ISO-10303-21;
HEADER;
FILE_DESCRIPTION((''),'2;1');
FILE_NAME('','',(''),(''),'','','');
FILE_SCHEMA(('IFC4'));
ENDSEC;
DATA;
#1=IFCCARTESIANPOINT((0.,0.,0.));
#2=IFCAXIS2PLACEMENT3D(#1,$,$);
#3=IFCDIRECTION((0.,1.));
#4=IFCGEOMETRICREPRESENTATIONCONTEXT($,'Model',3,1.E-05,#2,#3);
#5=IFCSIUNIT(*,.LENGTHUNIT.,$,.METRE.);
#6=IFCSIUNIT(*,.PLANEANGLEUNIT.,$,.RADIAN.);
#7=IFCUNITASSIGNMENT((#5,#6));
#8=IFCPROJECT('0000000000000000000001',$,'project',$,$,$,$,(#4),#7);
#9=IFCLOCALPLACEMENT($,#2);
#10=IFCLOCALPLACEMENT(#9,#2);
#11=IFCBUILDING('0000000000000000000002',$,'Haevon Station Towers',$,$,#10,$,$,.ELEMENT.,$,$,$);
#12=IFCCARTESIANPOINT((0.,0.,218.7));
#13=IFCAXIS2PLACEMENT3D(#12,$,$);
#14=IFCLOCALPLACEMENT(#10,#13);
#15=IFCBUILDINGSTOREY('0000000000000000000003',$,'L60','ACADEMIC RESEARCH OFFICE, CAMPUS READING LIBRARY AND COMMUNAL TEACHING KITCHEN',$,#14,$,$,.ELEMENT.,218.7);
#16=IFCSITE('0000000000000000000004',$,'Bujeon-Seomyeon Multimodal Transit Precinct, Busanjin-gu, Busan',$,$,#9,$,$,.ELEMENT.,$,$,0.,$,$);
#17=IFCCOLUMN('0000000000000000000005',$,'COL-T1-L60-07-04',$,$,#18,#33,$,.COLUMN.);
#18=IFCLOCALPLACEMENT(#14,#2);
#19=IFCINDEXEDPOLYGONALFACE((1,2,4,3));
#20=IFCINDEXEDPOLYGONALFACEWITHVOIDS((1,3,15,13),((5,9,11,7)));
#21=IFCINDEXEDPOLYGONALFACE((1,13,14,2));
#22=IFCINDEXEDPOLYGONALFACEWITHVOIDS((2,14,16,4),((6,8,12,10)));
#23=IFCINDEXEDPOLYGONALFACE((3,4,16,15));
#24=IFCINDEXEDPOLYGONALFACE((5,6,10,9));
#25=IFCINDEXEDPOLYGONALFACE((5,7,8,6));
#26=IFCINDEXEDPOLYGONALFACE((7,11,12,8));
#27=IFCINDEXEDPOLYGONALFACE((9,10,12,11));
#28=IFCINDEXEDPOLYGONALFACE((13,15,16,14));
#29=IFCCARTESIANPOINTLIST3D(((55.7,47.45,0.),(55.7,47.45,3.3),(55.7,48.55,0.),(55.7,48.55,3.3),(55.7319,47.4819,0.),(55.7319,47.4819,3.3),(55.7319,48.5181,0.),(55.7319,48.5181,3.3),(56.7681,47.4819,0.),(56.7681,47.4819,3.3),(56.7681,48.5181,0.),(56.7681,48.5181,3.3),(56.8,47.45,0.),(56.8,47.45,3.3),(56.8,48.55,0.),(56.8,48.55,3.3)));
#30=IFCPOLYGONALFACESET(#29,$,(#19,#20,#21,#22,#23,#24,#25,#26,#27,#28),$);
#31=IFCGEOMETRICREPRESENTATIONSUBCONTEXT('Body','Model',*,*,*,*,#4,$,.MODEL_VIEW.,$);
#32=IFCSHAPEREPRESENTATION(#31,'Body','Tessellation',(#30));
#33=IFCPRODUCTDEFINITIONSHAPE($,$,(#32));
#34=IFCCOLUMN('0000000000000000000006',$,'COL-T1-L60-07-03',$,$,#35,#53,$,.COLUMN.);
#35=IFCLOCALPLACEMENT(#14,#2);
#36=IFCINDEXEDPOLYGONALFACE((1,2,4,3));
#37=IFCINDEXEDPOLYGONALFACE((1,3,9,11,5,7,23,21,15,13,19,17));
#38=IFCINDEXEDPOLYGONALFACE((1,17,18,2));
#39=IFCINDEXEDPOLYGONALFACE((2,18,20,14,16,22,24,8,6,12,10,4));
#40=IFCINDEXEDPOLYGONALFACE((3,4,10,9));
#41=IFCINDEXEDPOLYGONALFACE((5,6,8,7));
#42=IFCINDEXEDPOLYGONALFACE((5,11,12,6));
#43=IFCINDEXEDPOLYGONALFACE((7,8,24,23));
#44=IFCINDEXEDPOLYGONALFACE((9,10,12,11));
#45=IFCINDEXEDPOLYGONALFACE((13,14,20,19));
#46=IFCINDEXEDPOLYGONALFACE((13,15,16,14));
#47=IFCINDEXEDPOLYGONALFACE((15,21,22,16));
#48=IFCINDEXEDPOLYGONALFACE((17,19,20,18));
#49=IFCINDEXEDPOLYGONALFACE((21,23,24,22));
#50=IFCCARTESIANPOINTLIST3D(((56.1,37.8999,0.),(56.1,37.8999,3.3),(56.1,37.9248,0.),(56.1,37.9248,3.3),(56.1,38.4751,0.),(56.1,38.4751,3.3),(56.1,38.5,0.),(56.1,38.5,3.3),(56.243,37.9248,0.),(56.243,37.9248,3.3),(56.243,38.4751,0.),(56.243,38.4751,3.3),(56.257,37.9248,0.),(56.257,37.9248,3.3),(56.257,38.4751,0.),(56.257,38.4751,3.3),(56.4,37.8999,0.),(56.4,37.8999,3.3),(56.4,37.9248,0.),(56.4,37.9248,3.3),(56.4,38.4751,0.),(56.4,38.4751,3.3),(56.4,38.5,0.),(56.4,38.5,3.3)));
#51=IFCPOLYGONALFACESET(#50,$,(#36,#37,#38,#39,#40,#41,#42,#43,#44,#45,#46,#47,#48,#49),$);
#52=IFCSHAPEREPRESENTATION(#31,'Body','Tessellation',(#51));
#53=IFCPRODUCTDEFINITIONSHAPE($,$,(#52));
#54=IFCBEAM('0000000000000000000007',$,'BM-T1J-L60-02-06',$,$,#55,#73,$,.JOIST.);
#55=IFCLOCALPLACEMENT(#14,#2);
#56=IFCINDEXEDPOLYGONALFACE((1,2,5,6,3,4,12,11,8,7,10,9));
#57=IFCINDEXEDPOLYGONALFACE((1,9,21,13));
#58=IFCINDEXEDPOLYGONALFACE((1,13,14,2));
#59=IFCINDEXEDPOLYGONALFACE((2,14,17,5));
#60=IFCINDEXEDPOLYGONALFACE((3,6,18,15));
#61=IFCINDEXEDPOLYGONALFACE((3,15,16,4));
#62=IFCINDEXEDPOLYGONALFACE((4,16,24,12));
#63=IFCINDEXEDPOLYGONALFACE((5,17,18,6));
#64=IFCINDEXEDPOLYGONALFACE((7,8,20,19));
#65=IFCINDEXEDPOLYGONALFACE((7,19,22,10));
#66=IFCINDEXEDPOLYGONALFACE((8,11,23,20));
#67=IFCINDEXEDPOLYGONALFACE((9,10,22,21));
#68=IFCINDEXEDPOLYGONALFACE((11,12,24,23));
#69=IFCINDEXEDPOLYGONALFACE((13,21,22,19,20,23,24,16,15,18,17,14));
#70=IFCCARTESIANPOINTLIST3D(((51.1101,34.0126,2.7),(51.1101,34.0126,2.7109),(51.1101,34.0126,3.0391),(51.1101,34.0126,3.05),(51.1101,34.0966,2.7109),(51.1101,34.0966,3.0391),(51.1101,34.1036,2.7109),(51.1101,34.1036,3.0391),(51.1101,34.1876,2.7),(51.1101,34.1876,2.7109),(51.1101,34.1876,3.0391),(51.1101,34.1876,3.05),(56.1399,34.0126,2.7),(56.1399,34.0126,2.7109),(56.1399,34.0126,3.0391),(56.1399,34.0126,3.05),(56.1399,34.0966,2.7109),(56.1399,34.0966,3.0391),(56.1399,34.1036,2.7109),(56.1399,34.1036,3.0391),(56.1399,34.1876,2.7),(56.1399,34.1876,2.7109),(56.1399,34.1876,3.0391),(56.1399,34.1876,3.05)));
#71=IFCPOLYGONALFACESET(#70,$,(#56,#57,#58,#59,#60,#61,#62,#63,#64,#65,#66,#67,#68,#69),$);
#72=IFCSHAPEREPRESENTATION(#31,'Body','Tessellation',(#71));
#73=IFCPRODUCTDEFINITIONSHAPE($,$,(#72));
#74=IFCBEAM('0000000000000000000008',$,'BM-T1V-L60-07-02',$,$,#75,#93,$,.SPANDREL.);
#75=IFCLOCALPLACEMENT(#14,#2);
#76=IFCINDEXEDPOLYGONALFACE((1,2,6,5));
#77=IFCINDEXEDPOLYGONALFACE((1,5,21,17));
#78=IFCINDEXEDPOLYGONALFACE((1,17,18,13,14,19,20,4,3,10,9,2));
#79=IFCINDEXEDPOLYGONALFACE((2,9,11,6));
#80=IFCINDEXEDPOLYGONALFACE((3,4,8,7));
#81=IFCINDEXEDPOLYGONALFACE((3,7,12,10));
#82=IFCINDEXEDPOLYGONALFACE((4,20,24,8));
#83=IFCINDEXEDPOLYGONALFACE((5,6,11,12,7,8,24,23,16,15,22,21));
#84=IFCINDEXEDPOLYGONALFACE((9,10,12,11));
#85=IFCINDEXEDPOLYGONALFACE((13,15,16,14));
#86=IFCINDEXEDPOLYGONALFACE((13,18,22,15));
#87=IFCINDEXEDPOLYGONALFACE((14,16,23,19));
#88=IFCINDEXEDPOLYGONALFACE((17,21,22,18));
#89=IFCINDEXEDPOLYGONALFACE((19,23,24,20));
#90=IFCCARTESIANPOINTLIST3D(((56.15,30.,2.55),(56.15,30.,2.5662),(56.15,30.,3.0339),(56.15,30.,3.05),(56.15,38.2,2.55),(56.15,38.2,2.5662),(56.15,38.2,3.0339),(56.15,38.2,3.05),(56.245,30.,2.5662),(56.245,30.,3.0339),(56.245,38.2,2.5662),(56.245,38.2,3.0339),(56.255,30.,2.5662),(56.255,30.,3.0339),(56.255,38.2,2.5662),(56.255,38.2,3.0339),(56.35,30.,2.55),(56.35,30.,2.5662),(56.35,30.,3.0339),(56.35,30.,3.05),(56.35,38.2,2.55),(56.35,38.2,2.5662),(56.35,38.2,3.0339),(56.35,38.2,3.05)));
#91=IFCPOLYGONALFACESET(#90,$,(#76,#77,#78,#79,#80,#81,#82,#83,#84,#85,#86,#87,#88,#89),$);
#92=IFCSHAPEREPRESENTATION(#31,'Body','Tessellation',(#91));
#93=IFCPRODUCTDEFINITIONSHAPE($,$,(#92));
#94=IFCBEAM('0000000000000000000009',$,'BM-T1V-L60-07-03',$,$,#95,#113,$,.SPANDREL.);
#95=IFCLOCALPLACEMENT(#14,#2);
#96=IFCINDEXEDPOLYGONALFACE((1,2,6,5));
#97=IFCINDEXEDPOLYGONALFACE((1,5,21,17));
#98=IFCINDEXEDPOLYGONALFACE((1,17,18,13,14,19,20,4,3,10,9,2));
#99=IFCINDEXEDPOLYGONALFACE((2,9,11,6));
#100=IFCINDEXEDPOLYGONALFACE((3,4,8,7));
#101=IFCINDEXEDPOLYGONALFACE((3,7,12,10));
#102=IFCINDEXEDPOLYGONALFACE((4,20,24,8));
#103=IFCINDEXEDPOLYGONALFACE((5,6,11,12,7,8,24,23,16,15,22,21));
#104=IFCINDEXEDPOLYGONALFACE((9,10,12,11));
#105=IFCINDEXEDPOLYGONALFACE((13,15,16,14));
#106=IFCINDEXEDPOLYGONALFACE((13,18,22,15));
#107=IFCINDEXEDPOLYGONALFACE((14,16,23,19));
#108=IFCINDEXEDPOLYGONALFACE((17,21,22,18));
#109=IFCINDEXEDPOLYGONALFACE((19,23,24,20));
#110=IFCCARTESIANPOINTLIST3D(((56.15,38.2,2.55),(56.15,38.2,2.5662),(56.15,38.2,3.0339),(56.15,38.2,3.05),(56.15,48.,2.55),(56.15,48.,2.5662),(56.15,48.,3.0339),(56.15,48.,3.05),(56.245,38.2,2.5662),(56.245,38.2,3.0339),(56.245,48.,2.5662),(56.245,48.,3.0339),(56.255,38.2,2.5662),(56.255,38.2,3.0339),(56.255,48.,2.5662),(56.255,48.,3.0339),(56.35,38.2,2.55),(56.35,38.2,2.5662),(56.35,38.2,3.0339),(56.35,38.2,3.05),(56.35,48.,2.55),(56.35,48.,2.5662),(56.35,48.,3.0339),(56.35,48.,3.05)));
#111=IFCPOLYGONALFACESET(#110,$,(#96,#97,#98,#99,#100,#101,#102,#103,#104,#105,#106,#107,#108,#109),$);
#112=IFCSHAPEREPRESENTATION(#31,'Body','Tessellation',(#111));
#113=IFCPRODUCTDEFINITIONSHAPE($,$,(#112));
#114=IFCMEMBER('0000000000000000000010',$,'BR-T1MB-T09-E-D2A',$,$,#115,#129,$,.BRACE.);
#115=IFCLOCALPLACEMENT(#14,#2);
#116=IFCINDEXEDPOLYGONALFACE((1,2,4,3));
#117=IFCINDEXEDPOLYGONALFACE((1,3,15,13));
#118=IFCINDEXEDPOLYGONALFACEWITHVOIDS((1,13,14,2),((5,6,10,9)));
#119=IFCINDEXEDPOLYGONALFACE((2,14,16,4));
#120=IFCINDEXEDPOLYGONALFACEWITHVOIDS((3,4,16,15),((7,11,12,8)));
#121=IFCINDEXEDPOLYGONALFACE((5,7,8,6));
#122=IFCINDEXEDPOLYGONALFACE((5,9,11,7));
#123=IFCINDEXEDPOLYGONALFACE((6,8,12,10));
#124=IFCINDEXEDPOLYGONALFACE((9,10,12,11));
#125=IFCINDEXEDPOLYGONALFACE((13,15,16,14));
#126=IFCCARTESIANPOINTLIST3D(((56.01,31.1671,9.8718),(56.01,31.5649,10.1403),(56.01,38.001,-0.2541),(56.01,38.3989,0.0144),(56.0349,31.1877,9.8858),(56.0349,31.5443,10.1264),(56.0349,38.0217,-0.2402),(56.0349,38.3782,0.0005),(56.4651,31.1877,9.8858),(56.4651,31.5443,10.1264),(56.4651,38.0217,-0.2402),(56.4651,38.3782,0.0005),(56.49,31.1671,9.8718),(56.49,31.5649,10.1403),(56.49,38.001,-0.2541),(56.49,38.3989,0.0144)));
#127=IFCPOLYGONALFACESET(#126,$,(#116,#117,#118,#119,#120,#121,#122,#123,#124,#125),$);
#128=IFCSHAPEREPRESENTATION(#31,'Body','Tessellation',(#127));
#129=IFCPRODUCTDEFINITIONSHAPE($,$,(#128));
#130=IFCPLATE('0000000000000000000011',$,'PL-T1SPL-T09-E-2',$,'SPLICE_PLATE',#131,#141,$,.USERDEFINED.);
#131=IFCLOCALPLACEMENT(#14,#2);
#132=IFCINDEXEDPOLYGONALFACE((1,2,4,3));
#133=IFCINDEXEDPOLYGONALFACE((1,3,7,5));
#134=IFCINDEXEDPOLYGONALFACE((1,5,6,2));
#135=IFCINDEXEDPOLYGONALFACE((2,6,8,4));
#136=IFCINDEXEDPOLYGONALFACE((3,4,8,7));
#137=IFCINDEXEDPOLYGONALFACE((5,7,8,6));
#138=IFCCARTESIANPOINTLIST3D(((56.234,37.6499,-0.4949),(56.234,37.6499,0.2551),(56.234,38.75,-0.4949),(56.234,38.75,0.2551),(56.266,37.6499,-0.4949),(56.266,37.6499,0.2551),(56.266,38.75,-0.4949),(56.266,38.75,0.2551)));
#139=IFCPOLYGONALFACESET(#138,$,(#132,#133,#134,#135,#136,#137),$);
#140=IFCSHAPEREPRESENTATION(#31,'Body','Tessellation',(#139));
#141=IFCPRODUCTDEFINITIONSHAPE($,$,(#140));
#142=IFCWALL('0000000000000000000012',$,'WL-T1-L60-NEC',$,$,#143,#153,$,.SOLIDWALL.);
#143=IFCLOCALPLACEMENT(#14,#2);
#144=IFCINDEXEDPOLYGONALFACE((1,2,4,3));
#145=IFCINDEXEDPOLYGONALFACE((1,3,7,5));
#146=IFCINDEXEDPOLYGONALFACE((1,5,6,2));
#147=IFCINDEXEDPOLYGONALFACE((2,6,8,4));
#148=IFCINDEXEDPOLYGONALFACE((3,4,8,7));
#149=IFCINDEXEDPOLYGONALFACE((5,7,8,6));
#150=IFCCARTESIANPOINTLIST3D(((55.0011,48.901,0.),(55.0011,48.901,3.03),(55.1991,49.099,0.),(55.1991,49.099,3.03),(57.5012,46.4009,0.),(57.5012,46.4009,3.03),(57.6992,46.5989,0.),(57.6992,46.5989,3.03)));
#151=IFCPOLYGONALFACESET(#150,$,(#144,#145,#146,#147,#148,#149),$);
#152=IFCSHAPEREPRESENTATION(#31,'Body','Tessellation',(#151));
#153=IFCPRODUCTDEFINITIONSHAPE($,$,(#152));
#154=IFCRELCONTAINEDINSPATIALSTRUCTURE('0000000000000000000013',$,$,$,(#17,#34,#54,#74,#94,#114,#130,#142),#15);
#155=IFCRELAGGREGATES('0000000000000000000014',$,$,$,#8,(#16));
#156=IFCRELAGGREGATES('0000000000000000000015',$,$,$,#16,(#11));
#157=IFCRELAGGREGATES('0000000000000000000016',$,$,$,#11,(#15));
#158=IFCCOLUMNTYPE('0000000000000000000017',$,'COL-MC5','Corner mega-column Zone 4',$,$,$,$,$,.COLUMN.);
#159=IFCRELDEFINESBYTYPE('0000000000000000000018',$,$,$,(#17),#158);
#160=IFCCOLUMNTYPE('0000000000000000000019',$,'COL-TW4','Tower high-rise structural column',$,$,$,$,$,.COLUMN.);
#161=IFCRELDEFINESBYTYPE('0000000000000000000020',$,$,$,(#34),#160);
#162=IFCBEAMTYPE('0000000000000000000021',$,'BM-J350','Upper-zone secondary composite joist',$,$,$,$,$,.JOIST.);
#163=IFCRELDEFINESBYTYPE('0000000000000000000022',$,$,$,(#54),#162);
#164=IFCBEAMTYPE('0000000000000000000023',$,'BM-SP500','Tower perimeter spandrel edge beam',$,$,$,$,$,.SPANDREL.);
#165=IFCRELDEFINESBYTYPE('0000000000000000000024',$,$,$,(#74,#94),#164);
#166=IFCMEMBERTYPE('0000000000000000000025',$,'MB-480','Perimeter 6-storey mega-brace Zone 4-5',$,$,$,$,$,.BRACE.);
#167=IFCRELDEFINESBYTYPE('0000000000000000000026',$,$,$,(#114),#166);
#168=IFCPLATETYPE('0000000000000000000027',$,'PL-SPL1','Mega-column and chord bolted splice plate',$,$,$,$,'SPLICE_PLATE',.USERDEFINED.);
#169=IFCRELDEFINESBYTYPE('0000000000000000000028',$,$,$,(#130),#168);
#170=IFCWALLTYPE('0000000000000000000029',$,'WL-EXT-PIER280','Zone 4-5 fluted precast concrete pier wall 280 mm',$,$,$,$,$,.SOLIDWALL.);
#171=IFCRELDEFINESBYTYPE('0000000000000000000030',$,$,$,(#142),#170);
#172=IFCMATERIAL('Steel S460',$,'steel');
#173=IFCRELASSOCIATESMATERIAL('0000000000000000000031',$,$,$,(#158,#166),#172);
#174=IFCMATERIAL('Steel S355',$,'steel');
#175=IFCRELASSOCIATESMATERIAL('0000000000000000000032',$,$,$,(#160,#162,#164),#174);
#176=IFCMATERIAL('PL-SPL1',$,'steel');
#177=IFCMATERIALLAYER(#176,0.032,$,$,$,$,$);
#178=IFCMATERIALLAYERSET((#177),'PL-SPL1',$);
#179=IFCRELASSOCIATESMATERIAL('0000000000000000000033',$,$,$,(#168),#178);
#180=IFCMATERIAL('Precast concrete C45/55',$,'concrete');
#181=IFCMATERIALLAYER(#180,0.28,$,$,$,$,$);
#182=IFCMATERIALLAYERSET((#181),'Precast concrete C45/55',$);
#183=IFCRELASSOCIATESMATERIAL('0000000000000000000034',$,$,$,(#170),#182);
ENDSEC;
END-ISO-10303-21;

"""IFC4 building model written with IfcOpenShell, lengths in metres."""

from ifc_helpers import new_model, si_unit, direction, frame, frame_2d, origin, origin_2d, place, context, subcontext, project, spatial, rectangle, hollow_rectangle, i_section, extrude, material, layer, layer_set, material_profile, profile_set, type_object, element, save


model = new_model("IFC4")

# Units and contexts
model_context = context("Model", 3, precision=1e-05, world=origin(), true_north=direction((0.0, 1.0)))
body_context = subcontext(model_context, "Body", "Model", "MODEL_VIEW")
ifc_project = project(units=[si_unit("LENGTHUNIT", "METRE"), si_unit("PLANEANGLEUNIT", "RADIAN")], contexts=[model_context])

# Site, building, storey
site_placement = place(None, origin())
site = spatial("IfcSite", under=ifc_project, at=site_placement, Name="Bujeon-Seomyeon Multimodal Transit Precinct, Busanjin-gu, Busan", CompositionType="ELEMENT", RefElevation=0.0)
building_placement = place(site_placement, origin())
building = spatial("IfcBuilding", under=site, at=building_placement, Name="Haevon Station Towers", CompositionType="ELEMENT")
storey_placement = place(building_placement, frame((0.0, 0.0, 218.7)))
storey = spatial("IfcBuildingStorey", under=building, at=storey_placement, Name="L60", Description="ACADEMIC RESEARCH OFFICE, CAMPUS READING LIBRARY AND COMMUNAL TEACHING KITCHEN", CompositionType="ELEMENT", Elevation=218.7)

# Columns
ifc_material_1 = material(Name="Steel S460", Category="steel")
ifc_material_profile_1 = material_profile(ifc_material_1, hollow_rectangle(XDim=1.1001, YDim=1.1001, WallThickness=0.032, at=origin_2d()), Name="BOX-1100x1100x32")
ifc_profile_set_1 = profile_set([ifc_material_profile_1], Name="Steel S460")
column_type_1 = type_object("IfcColumnType", Name="COL-MC5", Description="Corner mega-column Zone 4", PredefinedType="COLUMN", material=ifc_profile_set_1)
column_1_placement = place(storey_placement, frame((56.25, 48.0, 0.0), z_axis=(0.0, 0.0, 1.0), x_axis=(1.0, 0.0, 0.0)))
element("IfcColumn", 1, at=column_1_placement, inside=storey, type_object=column_type_1, Name="COL-T1-L60-07-04", PredefinedType="COLUMN", context=body_context, shape_type="SweptSolid", body=[
    extrude(hollow_rectangle(XDim=1.1001, YDim=1.1001, WallThickness=0.032, at=origin_2d()), origin(), (0.0, 0.0, 1.0), 3.3),
])
ifc_material_2 = material(Name="Steel S355", Category="steel")
ifc_material_profile_2 = material_profile(ifc_material_2, i_section(OverallWidth=0.3, OverallDepth=0.6001, WebThickness=0.0139, FlangeThickness=0.0249, at=origin_2d()), Name="H-600x300x14x25")
ifc_profile_set_2 = profile_set([ifc_material_profile_2], Name="Steel S355")
column_type_2 = type_object("IfcColumnType", Name="COL-TW4", Description="Tower high-rise structural column", PredefinedType="COLUMN", material=ifc_profile_set_2)
column_2_placement = place(storey_placement, frame((56.25, 38.2, 0.0), z_axis=(0.0, 0.0, 1.0), x_axis=(1.0, 0.0, 0.0)))
element("IfcColumn", 2, at=column_2_placement, inside=storey, type_object=column_type_2, Name="COL-T1-L60-07-03", PredefinedType="COLUMN", context=body_context, shape_type="SweptSolid", body=[
    extrude(i_section(OverallWidth=0.3, OverallDepth=0.6001, WebThickness=0.0139, FlangeThickness=0.0249, at=origin_2d()), origin(), (0.0, 0.0, 1.0), 3.3),
])

# Beams
ifc_material_profile_3 = material_profile(ifc_material_2, i_section(OverallWidth=0.175, OverallDepth=0.3501, WebThickness=0.0071, FlangeThickness=0.011, at=origin_2d()), Name="H-350x175x7x11")
ifc_profile_set_3 = profile_set([ifc_material_profile_3], Name="Steel S355")
beam_type_1 = type_object("IfcBeamType", Name="BM-J350", Description="Upper-zone secondary composite joist", PredefinedType="JOIST", material=ifc_profile_set_3)
beam_1_placement = place(storey_placement, frame((51.1101, 34.1001, 2.875), z_axis=(1.0, 0.0, 0.0), x_axis=(0.0, 1.0, 0.0)))
element("IfcBeam", 3, at=beam_1_placement, inside=storey, type_object=beam_type_1, Name="BM-T1J-L60-02-06", PredefinedType="JOIST", context=body_context, shape_type="SweptSolid", body=[
    extrude(i_section(OverallWidth=0.175, OverallDepth=0.3501, WebThickness=0.0071, FlangeThickness=0.011, at=origin_2d()), origin(), (0.0, 0.0, 1.0), 5.0298),
])
ifc_material_profile_4 = material_profile(ifc_material_2, i_section(OverallWidth=0.2, OverallDepth=0.5, WebThickness=0.01, FlangeThickness=0.0161, at=origin_2d()), Name="H-500x200x10x16")
ifc_profile_set_4 = profile_set([ifc_material_profile_4], Name="Steel S355")
beam_type_2 = type_object("IfcBeamType", Name="BM-SP500", Description="Tower perimeter spandrel edge beam", PredefinedType="SPANDREL", material=ifc_profile_set_4)
beam_2_placement = place(storey_placement, frame((56.25, 30.0, 2.8), z_axis=(0.0, 1.0, 0.0), x_axis=(-1.0, 0.0, 0.0)))
element("IfcBeam", 4, at=beam_2_placement, inside=storey, type_object=beam_type_2, Name="BM-T1V-L60-07-02", PredefinedType="SPANDREL", context=body_context, shape_type="SweptSolid", body=[
    extrude(i_section(OverallWidth=0.2, OverallDepth=0.5, WebThickness=0.01, FlangeThickness=0.0161, at=origin_2d()), origin(), (0.0, 0.0, 1.0), 8.2),
])
beam_3_placement = place(storey_placement, frame((56.25, 38.2, 2.8), z_axis=(0.0, 1.0, 0.0), x_axis=(-1.0, 0.0, 0.0)))
element("IfcBeam", 5, at=beam_3_placement, inside=storey, type_object=beam_type_2, Name="BM-T1V-L60-07-03", PredefinedType="SPANDREL", context=body_context, shape_type="SweptSolid", body=[
    extrude(i_section(OverallWidth=0.2, OverallDepth=0.5, WebThickness=0.01, FlangeThickness=0.0161, at=origin_2d()), origin(), (0.0, 0.0, 1.0), 9.8),
])

# Member
ifc_material_profile_5 = material_profile(ifc_material_1, hollow_rectangle(XDim=0.48, YDim=0.48, WallThickness=0.0249, at=origin_2d()), Name="RHS-480x480x25")
ifc_profile_set_5 = profile_set([ifc_material_profile_5], Name="Steel S460")
member_type = type_object("IfcMemberType", Name="MB-480", Description="Perimeter 6-storey mega-brace Zone 4-5", PredefinedType="BRACE", material=ifc_profile_set_5)
member_placement = place(storey_placement, frame((56.25, 38.2, -0.1199), z_axis=(0.0, -0.559414, 0.828889), x_axis=(1.0, 0.0, 0.0)))
element("IfcMember", 6, at=member_placement, inside=storey, type_object=member_type, Name="BR-T1MB-T09-E-D2A", PredefinedType="BRACE", context=body_context, shape_type="SweptSolid", body=[
    extrude(hollow_rectangle(XDim=0.48, YDim=0.48, WallThickness=0.0249, at=origin_2d()), origin(), (0.0, 0.0, 1.0), 12.2163),
])

# Plate
ifc_material_3 = material(Name="PL-SPL1", Category="steel")
ifc_layer_1 = layer(ifc_material_3, 0.032)
ifc_layer_set_1 = layer_set([ifc_layer_1], Name="PL-SPL1")
plate_type = type_object("IfcPlateType", Name="PL-SPL1", Description="Mega-column and chord bolted splice plate", ElementType="SPLICE_PLATE", PredefinedType="USERDEFINED", material=ifc_layer_set_1)
plate_placement = place(storey_placement, frame((56.25, 38.2, -0.4949), z_axis=(0.0, 0.0, 1.0), x_axis=(0.0, 1.0, 0.0)))
element("IfcPlate", 7, at=plate_placement, inside=storey, type_object=plate_type, Name="PL-T1SPL-T09-E-2", ObjectType="SPLICE_PLATE", PredefinedType="USERDEFINED", context=body_context, shape_type="SweptSolid", body=[
    extrude(rectangle(XDim=1.1001, YDim=0.032, at=origin_2d()), origin(), (0.0, 0.0, 1.0), 0.75),
])

# Wall
ifc_material_4 = material(Name="Precast concrete C45/55", Category="concrete")
ifc_layer_2 = layer(ifc_material_4, 0.28)
ifc_layer_set_2 = layer_set([ifc_layer_2], Name="Precast concrete C45/55")
wall_type = type_object("IfcWallType", Name="WL-EXT-PIER280", Description="Zone 4-5 fluted precast concrete pier wall 280 mm", PredefinedType="SOLIDWALL", material=ifc_layer_set_2)
wall_1_placement = place(storey_placement, frame((55.1001, 49.0, 0.0), z_axis=(0.0, 0.0, 1.0), x_axis=(0.707107, -0.707107, 0.0)))
element("IfcWall", 8, at=wall_1_placement, inside=storey, type_object=wall_type, Name="WL-T1-L60-NEC", PredefinedType="SOLIDWALL", context=body_context, shape_type="SweptSolid", body=[
    extrude(rectangle(XDim=3.5356, YDim=0.28, at=frame_2d((1.7678, 0.0))), origin(), (0.0, 0.0, 1.0), 3.03),
])

save(model, "model.ifc")
